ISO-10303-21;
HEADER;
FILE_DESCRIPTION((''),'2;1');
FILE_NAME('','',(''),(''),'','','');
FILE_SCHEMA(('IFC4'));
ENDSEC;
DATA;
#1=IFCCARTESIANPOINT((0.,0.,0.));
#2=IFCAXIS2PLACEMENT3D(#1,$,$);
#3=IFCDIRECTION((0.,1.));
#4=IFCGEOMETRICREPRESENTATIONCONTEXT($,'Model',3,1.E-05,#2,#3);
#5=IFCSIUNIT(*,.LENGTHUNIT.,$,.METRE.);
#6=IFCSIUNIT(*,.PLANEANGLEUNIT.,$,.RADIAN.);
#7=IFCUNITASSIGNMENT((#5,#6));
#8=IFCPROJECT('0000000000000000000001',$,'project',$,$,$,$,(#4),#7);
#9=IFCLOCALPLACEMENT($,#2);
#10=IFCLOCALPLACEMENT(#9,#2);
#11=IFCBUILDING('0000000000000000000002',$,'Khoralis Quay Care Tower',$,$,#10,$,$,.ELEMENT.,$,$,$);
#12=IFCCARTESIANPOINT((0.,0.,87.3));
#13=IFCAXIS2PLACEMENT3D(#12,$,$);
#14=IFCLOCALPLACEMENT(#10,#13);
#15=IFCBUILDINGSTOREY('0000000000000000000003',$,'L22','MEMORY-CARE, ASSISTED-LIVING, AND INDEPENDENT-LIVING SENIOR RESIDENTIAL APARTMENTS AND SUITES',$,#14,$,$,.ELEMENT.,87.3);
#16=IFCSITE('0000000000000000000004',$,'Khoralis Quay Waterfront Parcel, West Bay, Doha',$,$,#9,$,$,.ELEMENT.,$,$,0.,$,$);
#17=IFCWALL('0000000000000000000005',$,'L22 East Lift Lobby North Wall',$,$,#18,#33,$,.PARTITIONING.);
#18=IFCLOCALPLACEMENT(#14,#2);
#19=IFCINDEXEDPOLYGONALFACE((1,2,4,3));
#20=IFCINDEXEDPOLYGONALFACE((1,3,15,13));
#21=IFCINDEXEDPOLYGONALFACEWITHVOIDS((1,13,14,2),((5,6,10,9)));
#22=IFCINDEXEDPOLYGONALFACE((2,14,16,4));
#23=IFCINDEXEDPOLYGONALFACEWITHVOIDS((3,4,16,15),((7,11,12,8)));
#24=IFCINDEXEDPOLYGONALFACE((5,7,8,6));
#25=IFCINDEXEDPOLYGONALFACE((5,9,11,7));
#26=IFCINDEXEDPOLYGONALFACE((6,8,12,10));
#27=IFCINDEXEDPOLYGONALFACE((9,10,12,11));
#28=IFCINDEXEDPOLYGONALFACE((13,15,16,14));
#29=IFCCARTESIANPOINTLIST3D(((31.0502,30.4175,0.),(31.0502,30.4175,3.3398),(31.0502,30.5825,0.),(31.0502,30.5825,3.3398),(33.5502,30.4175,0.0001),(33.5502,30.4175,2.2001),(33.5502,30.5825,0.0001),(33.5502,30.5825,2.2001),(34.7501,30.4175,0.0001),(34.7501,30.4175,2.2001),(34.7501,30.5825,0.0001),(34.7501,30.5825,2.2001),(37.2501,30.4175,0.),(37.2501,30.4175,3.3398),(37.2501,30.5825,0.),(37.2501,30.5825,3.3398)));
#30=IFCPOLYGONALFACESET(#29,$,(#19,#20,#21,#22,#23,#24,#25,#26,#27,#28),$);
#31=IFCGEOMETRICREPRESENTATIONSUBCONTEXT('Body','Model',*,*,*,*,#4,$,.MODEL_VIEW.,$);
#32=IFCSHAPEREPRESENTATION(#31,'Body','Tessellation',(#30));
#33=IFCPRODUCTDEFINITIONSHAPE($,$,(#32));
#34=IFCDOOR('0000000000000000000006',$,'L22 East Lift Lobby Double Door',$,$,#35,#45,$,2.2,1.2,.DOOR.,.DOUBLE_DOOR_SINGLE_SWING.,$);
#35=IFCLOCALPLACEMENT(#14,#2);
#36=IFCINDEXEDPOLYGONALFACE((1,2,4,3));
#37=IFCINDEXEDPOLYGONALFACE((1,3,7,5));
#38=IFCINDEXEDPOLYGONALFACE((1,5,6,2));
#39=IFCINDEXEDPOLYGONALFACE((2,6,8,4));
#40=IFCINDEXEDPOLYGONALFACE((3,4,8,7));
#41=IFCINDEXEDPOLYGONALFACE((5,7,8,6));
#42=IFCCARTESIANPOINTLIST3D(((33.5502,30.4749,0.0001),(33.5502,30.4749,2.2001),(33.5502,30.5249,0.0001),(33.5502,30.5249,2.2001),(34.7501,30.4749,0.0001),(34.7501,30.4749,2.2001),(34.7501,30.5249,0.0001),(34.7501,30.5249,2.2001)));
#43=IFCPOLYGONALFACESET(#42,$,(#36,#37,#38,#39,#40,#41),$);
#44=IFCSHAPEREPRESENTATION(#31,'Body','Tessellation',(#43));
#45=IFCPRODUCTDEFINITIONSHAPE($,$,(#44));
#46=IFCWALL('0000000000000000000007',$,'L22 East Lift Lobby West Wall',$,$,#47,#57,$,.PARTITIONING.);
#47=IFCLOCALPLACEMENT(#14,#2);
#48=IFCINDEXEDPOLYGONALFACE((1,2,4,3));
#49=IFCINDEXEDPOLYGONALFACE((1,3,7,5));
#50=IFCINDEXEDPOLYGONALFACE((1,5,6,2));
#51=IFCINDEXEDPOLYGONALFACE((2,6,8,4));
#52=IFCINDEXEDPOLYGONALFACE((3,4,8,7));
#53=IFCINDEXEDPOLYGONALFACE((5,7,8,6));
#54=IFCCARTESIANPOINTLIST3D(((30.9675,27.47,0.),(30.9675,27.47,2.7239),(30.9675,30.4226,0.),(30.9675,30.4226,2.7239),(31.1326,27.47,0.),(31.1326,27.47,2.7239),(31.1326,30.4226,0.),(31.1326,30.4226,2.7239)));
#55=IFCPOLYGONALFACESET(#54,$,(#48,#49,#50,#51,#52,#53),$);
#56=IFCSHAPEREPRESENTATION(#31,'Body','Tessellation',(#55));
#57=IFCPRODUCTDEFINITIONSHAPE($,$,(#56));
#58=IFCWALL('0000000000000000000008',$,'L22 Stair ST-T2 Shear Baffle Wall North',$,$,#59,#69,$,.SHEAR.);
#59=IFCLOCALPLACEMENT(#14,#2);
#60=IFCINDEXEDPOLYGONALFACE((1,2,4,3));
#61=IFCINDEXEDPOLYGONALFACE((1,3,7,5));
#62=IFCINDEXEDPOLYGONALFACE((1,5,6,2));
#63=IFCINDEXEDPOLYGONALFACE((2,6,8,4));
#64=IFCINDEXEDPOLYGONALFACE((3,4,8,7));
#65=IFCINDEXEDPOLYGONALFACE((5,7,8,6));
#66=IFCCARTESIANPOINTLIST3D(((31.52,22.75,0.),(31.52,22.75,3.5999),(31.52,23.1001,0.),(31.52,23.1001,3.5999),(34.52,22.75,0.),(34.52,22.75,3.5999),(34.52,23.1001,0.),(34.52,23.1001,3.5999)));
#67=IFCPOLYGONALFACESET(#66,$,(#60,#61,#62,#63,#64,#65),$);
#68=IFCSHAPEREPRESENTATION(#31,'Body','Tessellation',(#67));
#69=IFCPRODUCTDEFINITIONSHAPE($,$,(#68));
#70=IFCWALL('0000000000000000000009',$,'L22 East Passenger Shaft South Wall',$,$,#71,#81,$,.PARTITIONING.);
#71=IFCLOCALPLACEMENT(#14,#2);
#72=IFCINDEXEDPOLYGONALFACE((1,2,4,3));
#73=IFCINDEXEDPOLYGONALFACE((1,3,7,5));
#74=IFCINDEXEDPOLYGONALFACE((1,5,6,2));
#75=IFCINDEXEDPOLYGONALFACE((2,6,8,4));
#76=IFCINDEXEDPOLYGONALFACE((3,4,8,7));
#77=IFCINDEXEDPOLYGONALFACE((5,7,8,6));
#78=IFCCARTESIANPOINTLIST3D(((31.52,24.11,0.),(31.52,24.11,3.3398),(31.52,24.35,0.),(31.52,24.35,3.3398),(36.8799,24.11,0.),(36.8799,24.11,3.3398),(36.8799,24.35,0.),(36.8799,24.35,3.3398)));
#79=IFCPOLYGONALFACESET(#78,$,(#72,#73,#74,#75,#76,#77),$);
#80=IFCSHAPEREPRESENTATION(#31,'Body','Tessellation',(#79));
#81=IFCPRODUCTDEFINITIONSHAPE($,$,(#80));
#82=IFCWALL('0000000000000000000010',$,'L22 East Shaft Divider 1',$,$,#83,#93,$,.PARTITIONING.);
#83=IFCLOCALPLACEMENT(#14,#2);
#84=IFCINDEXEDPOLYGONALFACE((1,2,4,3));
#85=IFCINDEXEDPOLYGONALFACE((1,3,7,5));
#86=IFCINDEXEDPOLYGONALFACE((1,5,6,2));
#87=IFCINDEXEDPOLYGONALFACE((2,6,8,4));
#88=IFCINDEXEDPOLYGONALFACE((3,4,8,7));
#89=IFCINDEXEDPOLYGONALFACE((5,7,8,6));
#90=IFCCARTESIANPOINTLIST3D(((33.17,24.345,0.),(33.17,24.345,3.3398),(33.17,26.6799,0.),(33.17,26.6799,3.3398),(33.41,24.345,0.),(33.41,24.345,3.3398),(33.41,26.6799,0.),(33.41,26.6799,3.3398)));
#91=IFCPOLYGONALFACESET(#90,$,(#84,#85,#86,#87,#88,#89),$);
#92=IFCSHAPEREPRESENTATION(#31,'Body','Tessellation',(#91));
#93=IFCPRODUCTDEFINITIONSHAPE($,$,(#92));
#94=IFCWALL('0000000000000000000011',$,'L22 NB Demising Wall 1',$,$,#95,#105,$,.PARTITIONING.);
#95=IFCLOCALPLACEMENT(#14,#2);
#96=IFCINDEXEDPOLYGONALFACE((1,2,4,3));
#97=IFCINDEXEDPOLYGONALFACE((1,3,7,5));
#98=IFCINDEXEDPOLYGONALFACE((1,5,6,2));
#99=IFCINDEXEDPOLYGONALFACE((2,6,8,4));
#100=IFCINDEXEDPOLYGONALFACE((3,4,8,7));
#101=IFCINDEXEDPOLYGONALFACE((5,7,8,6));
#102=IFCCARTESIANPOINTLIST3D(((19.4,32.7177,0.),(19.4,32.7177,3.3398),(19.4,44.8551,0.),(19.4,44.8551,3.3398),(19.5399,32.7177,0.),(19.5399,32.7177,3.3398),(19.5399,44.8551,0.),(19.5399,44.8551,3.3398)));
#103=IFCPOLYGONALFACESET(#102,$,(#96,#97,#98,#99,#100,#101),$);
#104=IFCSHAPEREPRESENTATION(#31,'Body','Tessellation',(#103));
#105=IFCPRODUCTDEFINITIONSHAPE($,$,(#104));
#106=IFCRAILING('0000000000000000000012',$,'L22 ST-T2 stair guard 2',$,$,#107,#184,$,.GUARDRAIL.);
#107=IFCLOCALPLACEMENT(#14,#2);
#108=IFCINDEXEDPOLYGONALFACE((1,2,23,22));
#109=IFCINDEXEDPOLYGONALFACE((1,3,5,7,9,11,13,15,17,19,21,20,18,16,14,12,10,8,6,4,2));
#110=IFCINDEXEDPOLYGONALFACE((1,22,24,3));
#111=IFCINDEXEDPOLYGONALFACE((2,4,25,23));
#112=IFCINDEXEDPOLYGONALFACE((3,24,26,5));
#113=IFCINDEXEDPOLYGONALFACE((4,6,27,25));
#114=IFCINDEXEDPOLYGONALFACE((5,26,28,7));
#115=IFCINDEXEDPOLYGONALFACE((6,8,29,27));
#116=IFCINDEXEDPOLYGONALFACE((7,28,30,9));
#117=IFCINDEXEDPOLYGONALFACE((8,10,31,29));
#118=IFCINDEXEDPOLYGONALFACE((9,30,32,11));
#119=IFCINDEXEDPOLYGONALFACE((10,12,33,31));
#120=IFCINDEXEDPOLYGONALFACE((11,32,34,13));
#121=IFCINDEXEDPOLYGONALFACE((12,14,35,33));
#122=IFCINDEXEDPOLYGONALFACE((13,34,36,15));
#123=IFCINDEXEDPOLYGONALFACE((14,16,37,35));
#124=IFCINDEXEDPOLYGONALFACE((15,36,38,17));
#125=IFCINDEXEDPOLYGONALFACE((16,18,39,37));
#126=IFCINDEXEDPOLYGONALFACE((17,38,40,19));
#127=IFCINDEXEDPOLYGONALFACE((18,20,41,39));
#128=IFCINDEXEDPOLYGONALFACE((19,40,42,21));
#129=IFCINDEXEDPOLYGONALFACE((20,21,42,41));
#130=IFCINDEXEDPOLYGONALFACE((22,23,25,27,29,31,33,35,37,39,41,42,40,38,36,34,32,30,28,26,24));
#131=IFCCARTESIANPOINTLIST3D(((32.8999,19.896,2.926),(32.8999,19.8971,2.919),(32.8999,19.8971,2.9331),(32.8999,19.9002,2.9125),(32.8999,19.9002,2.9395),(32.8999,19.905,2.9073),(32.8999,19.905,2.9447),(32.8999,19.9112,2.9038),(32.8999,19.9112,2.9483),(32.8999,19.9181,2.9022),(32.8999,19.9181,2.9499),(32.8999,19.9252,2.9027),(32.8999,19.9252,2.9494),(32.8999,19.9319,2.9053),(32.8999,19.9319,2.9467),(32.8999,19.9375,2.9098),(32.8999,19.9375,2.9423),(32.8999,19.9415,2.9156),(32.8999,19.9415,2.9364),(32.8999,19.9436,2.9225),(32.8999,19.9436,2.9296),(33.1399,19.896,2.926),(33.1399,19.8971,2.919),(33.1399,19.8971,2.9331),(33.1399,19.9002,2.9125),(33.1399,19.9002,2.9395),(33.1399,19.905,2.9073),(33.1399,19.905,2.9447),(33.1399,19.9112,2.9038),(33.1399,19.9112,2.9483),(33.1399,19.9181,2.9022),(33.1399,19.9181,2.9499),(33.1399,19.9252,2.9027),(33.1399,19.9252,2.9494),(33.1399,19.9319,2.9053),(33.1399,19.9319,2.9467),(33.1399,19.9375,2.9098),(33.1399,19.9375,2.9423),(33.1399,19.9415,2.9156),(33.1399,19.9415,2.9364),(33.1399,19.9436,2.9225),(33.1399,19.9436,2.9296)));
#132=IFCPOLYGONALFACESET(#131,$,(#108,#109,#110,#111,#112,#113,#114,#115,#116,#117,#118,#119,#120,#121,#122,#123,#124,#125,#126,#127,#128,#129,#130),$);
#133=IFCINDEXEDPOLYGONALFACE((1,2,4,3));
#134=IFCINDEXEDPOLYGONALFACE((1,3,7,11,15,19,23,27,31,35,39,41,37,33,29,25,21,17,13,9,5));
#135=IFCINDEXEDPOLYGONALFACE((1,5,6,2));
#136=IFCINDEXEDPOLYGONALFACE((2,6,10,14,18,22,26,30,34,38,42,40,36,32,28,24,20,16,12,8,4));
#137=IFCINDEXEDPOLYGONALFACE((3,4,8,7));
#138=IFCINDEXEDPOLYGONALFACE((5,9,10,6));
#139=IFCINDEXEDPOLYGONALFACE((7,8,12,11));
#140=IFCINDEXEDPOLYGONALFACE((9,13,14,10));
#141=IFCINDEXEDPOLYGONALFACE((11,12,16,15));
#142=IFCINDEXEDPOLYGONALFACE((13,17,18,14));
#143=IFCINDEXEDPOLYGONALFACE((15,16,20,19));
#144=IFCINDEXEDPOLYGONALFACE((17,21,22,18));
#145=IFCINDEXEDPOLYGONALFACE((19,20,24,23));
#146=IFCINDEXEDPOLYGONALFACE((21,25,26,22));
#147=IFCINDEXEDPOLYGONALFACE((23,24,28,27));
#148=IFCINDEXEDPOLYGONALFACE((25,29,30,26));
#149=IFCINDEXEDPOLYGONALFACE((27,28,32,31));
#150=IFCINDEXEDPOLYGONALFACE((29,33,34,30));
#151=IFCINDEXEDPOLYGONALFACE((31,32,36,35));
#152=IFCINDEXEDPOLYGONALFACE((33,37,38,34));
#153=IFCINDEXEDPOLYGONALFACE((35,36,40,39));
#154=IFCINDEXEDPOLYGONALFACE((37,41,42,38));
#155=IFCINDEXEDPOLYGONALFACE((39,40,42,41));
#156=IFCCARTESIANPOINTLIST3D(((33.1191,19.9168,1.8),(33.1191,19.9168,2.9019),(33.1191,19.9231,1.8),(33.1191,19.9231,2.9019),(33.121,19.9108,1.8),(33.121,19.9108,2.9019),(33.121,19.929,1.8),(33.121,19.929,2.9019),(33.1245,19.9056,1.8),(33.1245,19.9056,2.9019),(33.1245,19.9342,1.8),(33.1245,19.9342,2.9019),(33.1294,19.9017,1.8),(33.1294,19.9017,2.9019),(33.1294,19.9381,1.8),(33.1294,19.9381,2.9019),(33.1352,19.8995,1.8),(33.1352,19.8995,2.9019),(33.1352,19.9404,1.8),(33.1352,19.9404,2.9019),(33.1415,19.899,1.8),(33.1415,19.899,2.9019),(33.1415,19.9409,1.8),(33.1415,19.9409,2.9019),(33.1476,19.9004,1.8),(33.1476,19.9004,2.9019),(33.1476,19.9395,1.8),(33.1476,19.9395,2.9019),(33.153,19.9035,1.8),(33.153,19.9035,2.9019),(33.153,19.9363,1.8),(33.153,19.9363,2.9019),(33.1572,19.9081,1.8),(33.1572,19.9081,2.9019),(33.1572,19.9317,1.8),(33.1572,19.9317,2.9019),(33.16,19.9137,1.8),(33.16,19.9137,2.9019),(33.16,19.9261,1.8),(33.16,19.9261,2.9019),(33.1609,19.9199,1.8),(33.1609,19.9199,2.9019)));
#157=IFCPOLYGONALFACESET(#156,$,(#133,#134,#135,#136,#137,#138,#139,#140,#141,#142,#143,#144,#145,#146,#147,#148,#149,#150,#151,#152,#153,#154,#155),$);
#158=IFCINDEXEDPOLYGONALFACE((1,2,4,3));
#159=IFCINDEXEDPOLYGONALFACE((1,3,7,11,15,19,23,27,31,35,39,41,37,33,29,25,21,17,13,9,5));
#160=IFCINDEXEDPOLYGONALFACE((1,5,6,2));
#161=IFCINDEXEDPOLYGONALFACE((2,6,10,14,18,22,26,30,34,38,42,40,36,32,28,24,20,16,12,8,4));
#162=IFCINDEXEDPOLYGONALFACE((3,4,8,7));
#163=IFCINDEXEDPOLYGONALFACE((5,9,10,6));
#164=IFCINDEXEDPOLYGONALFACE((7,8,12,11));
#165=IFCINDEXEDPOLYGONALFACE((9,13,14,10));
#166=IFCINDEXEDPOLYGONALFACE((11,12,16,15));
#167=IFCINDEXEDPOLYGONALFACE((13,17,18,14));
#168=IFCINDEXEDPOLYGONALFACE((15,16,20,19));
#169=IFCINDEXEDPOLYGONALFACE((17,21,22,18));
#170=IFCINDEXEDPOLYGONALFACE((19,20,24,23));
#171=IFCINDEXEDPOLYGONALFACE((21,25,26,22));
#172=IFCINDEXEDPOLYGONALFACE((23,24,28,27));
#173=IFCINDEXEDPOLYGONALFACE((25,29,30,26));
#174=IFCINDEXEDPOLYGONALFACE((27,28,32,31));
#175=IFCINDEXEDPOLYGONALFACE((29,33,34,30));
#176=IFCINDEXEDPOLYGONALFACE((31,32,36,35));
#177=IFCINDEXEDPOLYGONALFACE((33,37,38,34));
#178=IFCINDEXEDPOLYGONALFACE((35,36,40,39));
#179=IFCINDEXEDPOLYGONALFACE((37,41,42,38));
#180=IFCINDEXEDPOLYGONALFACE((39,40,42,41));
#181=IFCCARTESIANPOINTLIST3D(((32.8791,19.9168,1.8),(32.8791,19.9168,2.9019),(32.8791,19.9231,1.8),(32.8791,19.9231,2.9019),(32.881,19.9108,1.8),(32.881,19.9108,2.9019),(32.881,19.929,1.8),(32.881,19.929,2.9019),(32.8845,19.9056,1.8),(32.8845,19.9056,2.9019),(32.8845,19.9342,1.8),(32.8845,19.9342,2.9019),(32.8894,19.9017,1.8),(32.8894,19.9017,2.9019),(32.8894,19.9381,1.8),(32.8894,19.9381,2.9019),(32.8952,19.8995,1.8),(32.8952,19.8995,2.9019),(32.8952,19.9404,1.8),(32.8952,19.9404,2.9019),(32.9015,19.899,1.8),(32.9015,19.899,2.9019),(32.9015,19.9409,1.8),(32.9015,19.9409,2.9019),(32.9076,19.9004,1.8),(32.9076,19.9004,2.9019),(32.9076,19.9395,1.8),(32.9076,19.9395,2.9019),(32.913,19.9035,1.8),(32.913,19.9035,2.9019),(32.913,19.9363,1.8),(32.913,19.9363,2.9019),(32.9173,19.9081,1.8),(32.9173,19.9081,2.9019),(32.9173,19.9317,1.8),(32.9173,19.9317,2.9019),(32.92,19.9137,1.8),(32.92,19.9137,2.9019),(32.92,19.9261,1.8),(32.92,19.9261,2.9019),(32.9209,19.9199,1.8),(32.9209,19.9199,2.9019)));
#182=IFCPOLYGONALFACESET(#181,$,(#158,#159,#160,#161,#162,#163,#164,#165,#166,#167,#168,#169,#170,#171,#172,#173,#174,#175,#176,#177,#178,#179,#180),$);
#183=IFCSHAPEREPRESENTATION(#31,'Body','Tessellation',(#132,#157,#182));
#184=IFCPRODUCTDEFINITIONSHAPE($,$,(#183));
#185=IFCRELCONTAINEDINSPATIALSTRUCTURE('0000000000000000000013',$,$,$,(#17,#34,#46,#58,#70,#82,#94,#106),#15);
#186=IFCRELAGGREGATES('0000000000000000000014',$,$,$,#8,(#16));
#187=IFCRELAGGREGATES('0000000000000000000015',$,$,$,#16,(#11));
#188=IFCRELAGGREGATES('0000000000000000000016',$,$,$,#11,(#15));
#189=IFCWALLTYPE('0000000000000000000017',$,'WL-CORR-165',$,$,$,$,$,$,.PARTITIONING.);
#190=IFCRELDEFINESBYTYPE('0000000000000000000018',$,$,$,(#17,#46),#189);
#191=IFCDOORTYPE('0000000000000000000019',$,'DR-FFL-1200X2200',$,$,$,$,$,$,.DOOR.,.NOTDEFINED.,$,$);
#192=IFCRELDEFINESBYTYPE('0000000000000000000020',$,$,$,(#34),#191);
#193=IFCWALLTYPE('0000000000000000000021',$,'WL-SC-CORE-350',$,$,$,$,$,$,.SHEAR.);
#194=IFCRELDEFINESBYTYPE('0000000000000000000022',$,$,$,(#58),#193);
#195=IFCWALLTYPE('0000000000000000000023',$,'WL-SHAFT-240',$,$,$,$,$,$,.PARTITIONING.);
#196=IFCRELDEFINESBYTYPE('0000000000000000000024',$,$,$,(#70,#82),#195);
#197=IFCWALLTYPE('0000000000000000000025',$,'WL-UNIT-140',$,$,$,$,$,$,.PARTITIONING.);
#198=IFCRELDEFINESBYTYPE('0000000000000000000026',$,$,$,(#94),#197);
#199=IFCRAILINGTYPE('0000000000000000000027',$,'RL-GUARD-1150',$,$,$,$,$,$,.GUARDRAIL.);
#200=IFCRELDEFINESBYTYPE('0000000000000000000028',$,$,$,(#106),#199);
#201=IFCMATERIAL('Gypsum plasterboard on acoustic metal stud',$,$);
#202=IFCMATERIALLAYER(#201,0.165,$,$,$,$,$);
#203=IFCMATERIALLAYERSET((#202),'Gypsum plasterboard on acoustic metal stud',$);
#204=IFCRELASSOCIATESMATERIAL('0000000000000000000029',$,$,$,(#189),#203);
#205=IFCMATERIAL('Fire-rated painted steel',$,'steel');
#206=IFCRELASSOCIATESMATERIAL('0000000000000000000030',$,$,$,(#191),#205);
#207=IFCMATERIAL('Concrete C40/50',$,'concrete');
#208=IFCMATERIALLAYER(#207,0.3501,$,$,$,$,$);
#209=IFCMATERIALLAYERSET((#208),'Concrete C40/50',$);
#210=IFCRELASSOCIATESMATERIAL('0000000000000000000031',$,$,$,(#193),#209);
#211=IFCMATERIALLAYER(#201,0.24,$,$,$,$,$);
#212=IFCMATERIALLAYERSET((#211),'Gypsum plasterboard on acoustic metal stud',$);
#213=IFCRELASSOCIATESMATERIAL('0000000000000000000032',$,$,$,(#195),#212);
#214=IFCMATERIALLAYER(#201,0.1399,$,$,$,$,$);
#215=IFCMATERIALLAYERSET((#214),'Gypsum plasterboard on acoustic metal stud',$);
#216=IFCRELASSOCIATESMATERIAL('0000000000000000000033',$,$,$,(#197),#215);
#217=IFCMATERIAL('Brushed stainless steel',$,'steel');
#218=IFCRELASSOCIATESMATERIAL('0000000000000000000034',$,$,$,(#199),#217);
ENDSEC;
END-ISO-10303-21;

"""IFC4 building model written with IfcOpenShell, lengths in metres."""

from ifc_helpers import new_model, si_unit, direction, frame, frame_2d, origin, origin_2d, place, context, subcontext, project, spatial, rectangle, circle, extrude, source, transform, mapped, material, layer, layer_set, type_object, element, fill, save


model = new_model("IFC4")

# Units and contexts
model_context = context("Model", 3, precision=1e-05, world=origin(), true_north=direction((0.0, 1.0)))
body_context = subcontext(model_context, "Body", "Model", "MODEL_VIEW")
ifc_project = project(units=[si_unit("LENGTHUNIT", "METRE"), si_unit("PLANEANGLEUNIT", "RADIAN")], contexts=[model_context])

# Site, building, storey
site_placement = place(None, origin())
site = spatial("IfcSite", under=ifc_project, at=site_placement, Name="Khoralis Quay Waterfront Parcel, West Bay, Doha", CompositionType="ELEMENT", RefElevation=0.0)
building_placement = place(site_placement, origin())
building = spatial("IfcBuilding", under=site, at=building_placement, Name="Khoralis Quay Care Tower", CompositionType="ELEMENT")
storey_placement = place(building_placement, frame((0.0, 0.0, 87.3)))
storey = spatial("IfcBuildingStorey", under=building, at=storey_placement, Name="L22", Description="MEMORY-CARE, ASSISTED-LIVING, AND INDEPENDENT-LIVING SENIOR RESIDENTIAL APARTMENTS AND SUITES", CompositionType="ELEMENT", Elevation=87.3)

# Shared definitions
ifc_material_1 = material(Name="Brushed stainless steel", Category="steel")

# Wall, opening, door
ifc_material_2 = material(Name="Gypsum plasterboard on acoustic metal stud")
ifc_layer_1 = layer(ifc_material_2, 0.165)
ifc_layer_set_1 = layer_set([ifc_layer_1], Name="Gypsum plasterboard on acoustic metal stud")
wall_type_1 = type_object("IfcWallType", Name="WL-CORR-165", PredefinedType="PARTITIONING", material=ifc_layer_set_1)
wall_1_placement = place(storey_placement, frame((31.05, 30.5, 0.0), z_axis=(0.0, 0.0, 1.0), x_axis=(1.0, 0.0, 0.0)))
wall_1 = element("IfcWall", 1, at=wall_1_placement, inside=storey, type_object=wall_type_1, Name="L22 East Lift Lobby North Wall", PredefinedType="PARTITIONING", context=body_context, shape_type="SweptSolid", body=[
    extrude(rectangle(XDim=6.2, YDim=0.165, at=frame_2d((3.1001, 0.0))), origin(), (0.0, 0.0, 1.0), 3.3398),
])
opening_1_placement = place(wall_1_placement, frame((2.5, 0.0, 0.0)))
opening_1 = element("IfcOpeningElement", 2, at=opening_1_placement, cuts=wall_1, PredefinedType="OPENING", context=body_context, shape_type="SweptSolid", body=[
    extrude(rectangle(XDim=1.2, YDim=2.2, at=frame_2d((0.6001, 1.1001))), frame((0.0, 0.0925, 0.0), z_axis=(0.0, -1.0, 0.0), x_axis=(1.0, 0.0, 0.0)), (0.0, 0.0, 1.0), 0.1851),
])
ifc_material_3 = material(Name="Fire-rated painted steel", Category="steel")
door_type_1 = type_object("IfcDoorType", Name="DR-FFL-1200X2200", OperationType="NOTDEFINED", PredefinedType="DOOR", material=ifc_material_3)
shared_shape_1 = source(origin(), body_context, "Body", "SweptSolid", [
    extrude(rectangle(XDim=1.2, YDim=2.2, at=frame_2d((0.6001, 1.1001))), frame((0.0, 0.0249, 0.0), z_axis=(0.0, -1.0, 0.0), x_axis=(1.0, 0.0, 0.0)), (0.0, 0.0, 1.0), 0.05),
])
door_1_placement = place(opening_1_placement, origin())
door_1 = element("IfcDoor", 3, at=door_1_placement, inside=storey, type_object=door_type_1, Name="L22 East Lift Lobby Double Door", OperationType="DOUBLE_DOOR_SINGLE_SWING", OverallHeight=2.2, OverallWidth=1.2, PredefinedType="DOOR", context=body_context, shape_type="MappedRepresentation", body=[
    mapped(shared_shape_1, transform((0.0, 0.0, 0.0), scale=1.0)),
])
fill(opening_1, door_1)

# Walls
wall_2_placement = place(storey_placement, frame((31.05, 27.47, 0.0), z_axis=(0.0, 0.0, 1.0), x_axis=(0.0, 1.0, 0.0)))
element("IfcWall", 4, at=wall_2_placement, inside=storey, type_object=wall_type_1, Name="L22 East Lift Lobby West Wall", PredefinedType="PARTITIONING", context=body_context, shape_type="SweptSolid", body=[
    extrude(rectangle(XDim=2.9526, YDim=0.165, at=frame_2d((1.4763, 0.0))), origin(), (0.0, 0.0, 1.0), 2.7239),
])
ifc_material_4 = material(Name="Concrete C40/50", Category="concrete")
ifc_layer_2 = layer(ifc_material_4, 0.3501)
ifc_layer_set_2 = layer_set([ifc_layer_2], Name="Concrete C40/50")
wall_type_2 = type_object("IfcWallType", Name="WL-SC-CORE-350", PredefinedType="SHEAR", material=ifc_layer_set_2)
wall_3_placement = place(storey_placement, frame((31.52, 22.925, 0.0), z_axis=(0.0, 0.0, 1.0), x_axis=(1.0, 0.0, 0.0)))
element("IfcWall", 5, at=wall_3_placement, inside=storey, type_object=wall_type_2, Name="L22 Stair ST-T2 Shear Baffle Wall North", PredefinedType="SHEAR", context=body_context, shape_type="SweptSolid", body=[
    extrude(rectangle(XDim=3.0, YDim=0.3501, at=frame_2d((1.5, 0.0))), origin(), (0.0, 0.0, 1.0), 3.5999),
])
ifc_layer_3 = layer(ifc_material_2, 0.24)
ifc_layer_set_3 = layer_set([ifc_layer_3], Name="Gypsum plasterboard on acoustic metal stud")
wall_type_3 = type_object("IfcWallType", Name="WL-SHAFT-240", PredefinedType="PARTITIONING", material=ifc_layer_set_3)
wall_4_placement = place(storey_placement, frame((31.52, 24.23, 0.0), z_axis=(0.0, 0.0, 1.0), x_axis=(1.0, 0.0, 0.0)))
element("IfcWall", 6, at=wall_4_placement, inside=storey, type_object=wall_type_3, Name="L22 East Passenger Shaft South Wall", PredefinedType="PARTITIONING", context=body_context, shape_type="SweptSolid", body=[
    extrude(rectangle(XDim=5.3599, YDim=0.24, at=frame_2d((2.6799, 0.0))), origin(), (0.0, 0.0, 1.0), 3.3398),
])
wall_5_placement = place(storey_placement, frame((33.29, 24.345, 0.0), z_axis=(0.0, 0.0, 1.0), x_axis=(0.0, 1.0, 0.0)))
element("IfcWall", 7, at=wall_5_placement, inside=storey, type_object=wall_type_3, Name="L22 East Shaft Divider 1", PredefinedType="PARTITIONING", context=body_context, shape_type="SweptSolid", body=[
    extrude(rectangle(XDim=2.335, YDim=0.24, at=frame_2d((1.1675, 0.0))), origin(), (0.0, 0.0, 1.0), 3.3398),
])
ifc_layer_4 = layer(ifc_material_2, 0.1399)
ifc_layer_set_4 = layer_set([ifc_layer_4], Name="Gypsum plasterboard on acoustic metal stud")
wall_type_4 = type_object("IfcWallType", Name="WL-UNIT-140", PredefinedType="PARTITIONING", material=ifc_layer_set_4)
wall_6_placement = place(storey_placement, frame((19.47, 32.7175, 0.0), z_axis=(0.0, 0.0, 1.0), x_axis=(0.0, 1.0, 0.0)))
element("IfcWall", 8, at=wall_6_placement, inside=storey, type_object=wall_type_4, Name="L22 NB Demising Wall 1", PredefinedType="PARTITIONING", context=body_context, shape_type="SweptSolid", body=[
    extrude(rectangle(XDim=12.1375, YDim=0.1399, at=frame_2d((6.0688, 0.0))), origin(), (0.0, 0.0, 1.0), 3.3398),
])

# Railing
railing_type_1 = type_object("IfcRailingType", Name="RL-GUARD-1150", PredefinedType="GUARDRAIL", material=ifc_material_1)
railing_1_placement = place(storey_placement, frame((33.1399, 19.9199, 1.8)))
element("IfcRailing", 9, at=railing_1_placement, inside=storey, type_object=railing_type_1, Name="L22 ST-T2 stair guard 2", PredefinedType="GUARDRAIL", context=body_context, shape_type="SweptSolid", body=[
    extrude(circle(Radius=0.0239, at=origin_2d()), frame((0.0, 0.0, 1.126), z_axis=(-1.0, 0.0, 0.0), x_axis=(0.0, -1.0, 0.0)), (0.0, 0.0, 1.0), 0.24),
    extrude(circle(Radius=0.021, at=origin_2d()), origin(), (0.0, 0.0, 1.0), 1.1018),
    extrude(circle(Radius=0.021, at=origin_2d()), frame((-0.24, 0.0, 0.0)), (0.0, 0.0, 1.0), 1.1018),
])

save(model, "model.ifc")
